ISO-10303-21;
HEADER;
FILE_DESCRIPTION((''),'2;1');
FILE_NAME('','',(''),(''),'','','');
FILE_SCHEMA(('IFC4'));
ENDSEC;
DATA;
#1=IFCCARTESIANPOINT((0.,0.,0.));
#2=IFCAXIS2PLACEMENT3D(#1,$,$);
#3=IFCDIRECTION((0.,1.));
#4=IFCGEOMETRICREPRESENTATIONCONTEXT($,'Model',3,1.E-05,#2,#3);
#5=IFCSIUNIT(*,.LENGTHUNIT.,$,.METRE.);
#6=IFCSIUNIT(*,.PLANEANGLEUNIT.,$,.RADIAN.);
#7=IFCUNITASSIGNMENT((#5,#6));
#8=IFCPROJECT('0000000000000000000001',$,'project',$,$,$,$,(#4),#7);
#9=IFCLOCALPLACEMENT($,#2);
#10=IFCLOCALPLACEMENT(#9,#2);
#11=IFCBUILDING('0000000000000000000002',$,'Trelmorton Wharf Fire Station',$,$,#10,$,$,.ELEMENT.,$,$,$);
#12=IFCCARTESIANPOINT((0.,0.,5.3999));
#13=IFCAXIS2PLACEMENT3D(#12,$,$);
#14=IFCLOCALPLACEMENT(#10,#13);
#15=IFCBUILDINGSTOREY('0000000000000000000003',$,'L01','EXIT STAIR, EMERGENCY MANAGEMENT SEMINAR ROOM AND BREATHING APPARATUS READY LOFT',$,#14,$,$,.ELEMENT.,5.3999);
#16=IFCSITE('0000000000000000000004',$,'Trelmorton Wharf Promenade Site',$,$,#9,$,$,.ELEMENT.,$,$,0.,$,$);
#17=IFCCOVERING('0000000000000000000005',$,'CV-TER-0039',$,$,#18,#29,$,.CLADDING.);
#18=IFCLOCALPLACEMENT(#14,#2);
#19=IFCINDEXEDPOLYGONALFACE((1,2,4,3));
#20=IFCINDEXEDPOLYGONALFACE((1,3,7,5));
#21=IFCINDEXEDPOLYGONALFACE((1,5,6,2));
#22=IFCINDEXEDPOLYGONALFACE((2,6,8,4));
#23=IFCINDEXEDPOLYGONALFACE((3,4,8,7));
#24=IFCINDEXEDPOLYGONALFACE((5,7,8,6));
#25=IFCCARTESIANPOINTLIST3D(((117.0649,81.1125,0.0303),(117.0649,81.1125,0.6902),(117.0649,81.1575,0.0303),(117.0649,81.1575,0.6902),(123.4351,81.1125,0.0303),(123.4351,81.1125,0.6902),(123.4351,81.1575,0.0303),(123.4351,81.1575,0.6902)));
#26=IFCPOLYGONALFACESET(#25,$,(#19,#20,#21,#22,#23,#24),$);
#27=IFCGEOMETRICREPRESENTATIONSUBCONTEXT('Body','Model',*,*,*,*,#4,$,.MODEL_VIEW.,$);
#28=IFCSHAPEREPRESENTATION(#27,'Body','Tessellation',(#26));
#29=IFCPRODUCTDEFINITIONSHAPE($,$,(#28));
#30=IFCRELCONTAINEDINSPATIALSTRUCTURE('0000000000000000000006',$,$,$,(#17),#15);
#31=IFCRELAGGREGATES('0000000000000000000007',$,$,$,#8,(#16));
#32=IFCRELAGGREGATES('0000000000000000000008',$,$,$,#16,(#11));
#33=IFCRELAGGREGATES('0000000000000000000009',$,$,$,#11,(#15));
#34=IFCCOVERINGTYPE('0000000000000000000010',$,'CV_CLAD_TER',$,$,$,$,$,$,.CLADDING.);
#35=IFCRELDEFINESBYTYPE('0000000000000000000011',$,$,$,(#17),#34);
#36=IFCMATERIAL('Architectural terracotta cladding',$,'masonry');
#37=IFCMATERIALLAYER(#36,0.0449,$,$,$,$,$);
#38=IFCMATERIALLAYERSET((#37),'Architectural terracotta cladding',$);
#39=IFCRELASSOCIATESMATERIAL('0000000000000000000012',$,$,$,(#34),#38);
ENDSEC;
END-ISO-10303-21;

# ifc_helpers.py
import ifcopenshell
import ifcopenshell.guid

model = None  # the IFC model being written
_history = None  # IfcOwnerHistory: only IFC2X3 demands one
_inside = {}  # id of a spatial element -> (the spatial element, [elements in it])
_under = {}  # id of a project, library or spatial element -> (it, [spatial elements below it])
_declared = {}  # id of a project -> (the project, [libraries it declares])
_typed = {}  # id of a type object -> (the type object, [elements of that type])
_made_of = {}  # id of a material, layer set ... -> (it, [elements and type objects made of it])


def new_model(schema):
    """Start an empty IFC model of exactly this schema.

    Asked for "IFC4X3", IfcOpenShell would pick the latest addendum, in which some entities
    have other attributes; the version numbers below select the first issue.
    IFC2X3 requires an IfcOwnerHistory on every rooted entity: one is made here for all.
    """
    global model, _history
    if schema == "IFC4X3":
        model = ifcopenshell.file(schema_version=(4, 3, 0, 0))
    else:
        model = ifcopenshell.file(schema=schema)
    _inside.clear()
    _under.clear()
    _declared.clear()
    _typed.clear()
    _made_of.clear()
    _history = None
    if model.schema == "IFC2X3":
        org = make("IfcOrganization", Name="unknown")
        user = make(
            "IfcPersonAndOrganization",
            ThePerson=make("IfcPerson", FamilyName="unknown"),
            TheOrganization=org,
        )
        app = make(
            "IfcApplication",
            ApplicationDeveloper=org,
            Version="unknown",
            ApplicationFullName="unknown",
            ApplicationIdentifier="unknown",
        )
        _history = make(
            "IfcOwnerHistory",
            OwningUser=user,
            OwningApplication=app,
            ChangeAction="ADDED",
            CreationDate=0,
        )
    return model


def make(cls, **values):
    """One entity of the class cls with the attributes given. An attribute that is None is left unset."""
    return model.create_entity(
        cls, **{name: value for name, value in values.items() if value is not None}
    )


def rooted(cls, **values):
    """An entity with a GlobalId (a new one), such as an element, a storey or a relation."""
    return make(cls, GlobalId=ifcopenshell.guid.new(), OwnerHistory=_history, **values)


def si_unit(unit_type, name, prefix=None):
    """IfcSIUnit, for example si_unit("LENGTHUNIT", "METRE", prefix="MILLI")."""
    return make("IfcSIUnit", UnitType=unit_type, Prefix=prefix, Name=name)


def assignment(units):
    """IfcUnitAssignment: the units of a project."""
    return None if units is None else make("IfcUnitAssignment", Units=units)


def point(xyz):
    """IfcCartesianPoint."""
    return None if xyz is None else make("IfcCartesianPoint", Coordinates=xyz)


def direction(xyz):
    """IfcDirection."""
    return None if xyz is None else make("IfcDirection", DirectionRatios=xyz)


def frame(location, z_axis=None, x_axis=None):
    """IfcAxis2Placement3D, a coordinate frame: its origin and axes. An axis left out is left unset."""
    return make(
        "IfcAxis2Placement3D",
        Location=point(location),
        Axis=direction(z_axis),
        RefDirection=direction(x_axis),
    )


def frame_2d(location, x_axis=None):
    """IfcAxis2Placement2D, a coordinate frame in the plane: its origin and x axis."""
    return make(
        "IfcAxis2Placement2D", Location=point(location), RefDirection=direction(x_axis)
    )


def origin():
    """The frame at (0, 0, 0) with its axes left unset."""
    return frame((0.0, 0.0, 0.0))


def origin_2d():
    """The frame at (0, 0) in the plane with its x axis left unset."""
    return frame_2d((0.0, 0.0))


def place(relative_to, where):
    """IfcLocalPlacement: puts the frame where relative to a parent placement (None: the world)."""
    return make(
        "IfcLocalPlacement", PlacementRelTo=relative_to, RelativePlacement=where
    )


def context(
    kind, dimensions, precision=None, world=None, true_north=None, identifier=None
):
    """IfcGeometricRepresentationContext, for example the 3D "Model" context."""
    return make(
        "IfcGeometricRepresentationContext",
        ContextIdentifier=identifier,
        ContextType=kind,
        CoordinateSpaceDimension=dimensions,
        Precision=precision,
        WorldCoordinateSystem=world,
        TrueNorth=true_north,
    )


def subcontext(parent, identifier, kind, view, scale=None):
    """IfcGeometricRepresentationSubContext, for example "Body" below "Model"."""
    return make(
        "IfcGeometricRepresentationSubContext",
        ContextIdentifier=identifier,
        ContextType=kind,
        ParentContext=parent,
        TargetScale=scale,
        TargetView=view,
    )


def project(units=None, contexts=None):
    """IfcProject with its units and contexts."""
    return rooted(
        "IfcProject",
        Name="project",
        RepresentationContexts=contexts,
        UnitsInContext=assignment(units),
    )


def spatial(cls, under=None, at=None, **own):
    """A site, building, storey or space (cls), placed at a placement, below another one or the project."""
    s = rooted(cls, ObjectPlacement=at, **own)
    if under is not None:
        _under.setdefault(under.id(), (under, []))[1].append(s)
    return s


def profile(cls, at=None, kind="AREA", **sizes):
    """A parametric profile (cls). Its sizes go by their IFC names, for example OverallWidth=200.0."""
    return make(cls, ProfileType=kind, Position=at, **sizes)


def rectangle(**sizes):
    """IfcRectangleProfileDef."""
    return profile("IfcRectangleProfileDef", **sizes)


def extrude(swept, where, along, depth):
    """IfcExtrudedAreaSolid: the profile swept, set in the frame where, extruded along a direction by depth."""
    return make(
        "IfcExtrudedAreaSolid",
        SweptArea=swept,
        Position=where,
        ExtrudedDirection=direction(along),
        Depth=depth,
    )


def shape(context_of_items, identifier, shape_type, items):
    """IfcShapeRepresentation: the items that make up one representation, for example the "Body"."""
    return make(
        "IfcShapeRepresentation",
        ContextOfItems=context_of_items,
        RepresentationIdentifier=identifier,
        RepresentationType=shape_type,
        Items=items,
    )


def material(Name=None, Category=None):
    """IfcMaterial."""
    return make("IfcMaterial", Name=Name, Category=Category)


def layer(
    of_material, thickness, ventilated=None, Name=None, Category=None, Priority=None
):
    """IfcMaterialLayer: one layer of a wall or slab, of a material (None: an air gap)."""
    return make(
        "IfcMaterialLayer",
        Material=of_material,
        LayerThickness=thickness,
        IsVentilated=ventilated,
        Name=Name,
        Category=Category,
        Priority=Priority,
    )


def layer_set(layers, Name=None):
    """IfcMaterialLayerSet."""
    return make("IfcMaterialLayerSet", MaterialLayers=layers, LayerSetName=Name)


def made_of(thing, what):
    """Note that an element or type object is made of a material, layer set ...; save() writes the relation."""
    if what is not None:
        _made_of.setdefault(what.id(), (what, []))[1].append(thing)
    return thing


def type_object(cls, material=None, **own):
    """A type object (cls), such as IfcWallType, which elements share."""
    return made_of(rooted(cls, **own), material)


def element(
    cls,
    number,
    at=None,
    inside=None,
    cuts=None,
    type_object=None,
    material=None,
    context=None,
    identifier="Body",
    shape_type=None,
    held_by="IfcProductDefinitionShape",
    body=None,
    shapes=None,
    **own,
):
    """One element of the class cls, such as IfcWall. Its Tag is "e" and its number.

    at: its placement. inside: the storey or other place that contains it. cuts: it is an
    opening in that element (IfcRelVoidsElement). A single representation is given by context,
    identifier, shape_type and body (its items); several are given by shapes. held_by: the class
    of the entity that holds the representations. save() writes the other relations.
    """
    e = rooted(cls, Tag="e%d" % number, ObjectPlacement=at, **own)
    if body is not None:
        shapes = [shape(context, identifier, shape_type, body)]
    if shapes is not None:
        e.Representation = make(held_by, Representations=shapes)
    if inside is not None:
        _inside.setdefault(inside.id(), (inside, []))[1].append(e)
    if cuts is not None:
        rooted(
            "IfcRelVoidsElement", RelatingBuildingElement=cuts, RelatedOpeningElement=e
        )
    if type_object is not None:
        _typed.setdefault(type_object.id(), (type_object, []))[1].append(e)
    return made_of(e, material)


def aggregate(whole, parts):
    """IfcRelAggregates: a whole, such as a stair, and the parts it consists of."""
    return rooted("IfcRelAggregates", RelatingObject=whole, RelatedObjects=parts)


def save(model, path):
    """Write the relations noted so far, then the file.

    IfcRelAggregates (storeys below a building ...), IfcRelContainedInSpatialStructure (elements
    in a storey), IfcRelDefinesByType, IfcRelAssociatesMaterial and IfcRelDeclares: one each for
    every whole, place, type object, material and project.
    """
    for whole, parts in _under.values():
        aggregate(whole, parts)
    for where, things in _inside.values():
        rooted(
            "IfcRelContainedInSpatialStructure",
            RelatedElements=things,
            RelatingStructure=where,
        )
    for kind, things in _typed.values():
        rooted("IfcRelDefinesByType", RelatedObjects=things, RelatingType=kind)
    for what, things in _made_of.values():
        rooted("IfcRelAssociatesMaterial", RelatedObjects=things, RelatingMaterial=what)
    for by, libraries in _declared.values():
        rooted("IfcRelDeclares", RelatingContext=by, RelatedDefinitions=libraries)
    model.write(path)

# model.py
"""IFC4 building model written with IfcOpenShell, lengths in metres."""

from ifc_helpers import new_model, si_unit, direction, frame, origin, origin_2d, place, context, subcontext, project, spatial, rectangle, extrude, material, layer, layer_set, type_object, element, save


model = new_model("IFC4")

# Units and contexts
model_context = context("Model", 3, precision=1e-05, world=origin(), true_north=direction((0.0, 1.0)))
body_context = subcontext(model_context, "Body", "Model", "MODEL_VIEW")
ifc_project = project(units=[si_unit("LENGTHUNIT", "METRE"), si_unit("PLANEANGLEUNIT", "RADIAN")], contexts=[model_context])

# Site, building, storey
site_placement = place(None, origin())
site = spatial("IfcSite", under=ifc_project, at=site_placement, Name="Trelmorton Wharf Promenade Site", CompositionType="ELEMENT", RefElevation=0.0)
building_placement = place(site_placement, origin())
building = spatial("IfcBuilding", under=site, at=building_placement, Name="Trelmorton Wharf Fire Station", CompositionType="ELEMENT")
storey_placement = place(building_placement, frame((0.0, 0.0, 5.3999)))
storey = spatial("IfcBuildingStorey", under=building, at=storey_placement, Name="L01", Description="EXIT STAIR, EMERGENCY MANAGEMENT SEMINAR ROOM AND BREATHING APPARATUS READY LOFT", CompositionType="ELEMENT", Elevation=5.3999)

# Covering
ifc_material_1 = material(Name="Architectural terracotta cladding", Category="masonry")
ifc_layer_1 = layer(ifc_material_1, 0.0449)
ifc_layer_set_1 = layer_set([ifc_layer_1], Name="Architectural terracotta cladding")
covering_type = type_object("IfcCoveringType", Name="CV_CLAD_TER", PredefinedType="CLADDING", material=ifc_layer_set_1)
covering_placement = place(storey_placement, frame((120.25, 81.135, 0.0303), z_axis=(0.0, 0.0, 1.0), x_axis=(1.0, 0.0, 0.0)))
element("IfcCovering", 1, at=covering_placement, inside=storey, type_object=covering_type, Name="CV-TER-0039", PredefinedType="CLADDING", context=body_context, shape_type="SweptSolid", body=[
    extrude(rectangle(XDim=6.3701, YDim=0.0449, at=origin_2d()), origin(), (0.0, 0.0, 1.0), 0.6599),
])

save(model, "model.ifc")
